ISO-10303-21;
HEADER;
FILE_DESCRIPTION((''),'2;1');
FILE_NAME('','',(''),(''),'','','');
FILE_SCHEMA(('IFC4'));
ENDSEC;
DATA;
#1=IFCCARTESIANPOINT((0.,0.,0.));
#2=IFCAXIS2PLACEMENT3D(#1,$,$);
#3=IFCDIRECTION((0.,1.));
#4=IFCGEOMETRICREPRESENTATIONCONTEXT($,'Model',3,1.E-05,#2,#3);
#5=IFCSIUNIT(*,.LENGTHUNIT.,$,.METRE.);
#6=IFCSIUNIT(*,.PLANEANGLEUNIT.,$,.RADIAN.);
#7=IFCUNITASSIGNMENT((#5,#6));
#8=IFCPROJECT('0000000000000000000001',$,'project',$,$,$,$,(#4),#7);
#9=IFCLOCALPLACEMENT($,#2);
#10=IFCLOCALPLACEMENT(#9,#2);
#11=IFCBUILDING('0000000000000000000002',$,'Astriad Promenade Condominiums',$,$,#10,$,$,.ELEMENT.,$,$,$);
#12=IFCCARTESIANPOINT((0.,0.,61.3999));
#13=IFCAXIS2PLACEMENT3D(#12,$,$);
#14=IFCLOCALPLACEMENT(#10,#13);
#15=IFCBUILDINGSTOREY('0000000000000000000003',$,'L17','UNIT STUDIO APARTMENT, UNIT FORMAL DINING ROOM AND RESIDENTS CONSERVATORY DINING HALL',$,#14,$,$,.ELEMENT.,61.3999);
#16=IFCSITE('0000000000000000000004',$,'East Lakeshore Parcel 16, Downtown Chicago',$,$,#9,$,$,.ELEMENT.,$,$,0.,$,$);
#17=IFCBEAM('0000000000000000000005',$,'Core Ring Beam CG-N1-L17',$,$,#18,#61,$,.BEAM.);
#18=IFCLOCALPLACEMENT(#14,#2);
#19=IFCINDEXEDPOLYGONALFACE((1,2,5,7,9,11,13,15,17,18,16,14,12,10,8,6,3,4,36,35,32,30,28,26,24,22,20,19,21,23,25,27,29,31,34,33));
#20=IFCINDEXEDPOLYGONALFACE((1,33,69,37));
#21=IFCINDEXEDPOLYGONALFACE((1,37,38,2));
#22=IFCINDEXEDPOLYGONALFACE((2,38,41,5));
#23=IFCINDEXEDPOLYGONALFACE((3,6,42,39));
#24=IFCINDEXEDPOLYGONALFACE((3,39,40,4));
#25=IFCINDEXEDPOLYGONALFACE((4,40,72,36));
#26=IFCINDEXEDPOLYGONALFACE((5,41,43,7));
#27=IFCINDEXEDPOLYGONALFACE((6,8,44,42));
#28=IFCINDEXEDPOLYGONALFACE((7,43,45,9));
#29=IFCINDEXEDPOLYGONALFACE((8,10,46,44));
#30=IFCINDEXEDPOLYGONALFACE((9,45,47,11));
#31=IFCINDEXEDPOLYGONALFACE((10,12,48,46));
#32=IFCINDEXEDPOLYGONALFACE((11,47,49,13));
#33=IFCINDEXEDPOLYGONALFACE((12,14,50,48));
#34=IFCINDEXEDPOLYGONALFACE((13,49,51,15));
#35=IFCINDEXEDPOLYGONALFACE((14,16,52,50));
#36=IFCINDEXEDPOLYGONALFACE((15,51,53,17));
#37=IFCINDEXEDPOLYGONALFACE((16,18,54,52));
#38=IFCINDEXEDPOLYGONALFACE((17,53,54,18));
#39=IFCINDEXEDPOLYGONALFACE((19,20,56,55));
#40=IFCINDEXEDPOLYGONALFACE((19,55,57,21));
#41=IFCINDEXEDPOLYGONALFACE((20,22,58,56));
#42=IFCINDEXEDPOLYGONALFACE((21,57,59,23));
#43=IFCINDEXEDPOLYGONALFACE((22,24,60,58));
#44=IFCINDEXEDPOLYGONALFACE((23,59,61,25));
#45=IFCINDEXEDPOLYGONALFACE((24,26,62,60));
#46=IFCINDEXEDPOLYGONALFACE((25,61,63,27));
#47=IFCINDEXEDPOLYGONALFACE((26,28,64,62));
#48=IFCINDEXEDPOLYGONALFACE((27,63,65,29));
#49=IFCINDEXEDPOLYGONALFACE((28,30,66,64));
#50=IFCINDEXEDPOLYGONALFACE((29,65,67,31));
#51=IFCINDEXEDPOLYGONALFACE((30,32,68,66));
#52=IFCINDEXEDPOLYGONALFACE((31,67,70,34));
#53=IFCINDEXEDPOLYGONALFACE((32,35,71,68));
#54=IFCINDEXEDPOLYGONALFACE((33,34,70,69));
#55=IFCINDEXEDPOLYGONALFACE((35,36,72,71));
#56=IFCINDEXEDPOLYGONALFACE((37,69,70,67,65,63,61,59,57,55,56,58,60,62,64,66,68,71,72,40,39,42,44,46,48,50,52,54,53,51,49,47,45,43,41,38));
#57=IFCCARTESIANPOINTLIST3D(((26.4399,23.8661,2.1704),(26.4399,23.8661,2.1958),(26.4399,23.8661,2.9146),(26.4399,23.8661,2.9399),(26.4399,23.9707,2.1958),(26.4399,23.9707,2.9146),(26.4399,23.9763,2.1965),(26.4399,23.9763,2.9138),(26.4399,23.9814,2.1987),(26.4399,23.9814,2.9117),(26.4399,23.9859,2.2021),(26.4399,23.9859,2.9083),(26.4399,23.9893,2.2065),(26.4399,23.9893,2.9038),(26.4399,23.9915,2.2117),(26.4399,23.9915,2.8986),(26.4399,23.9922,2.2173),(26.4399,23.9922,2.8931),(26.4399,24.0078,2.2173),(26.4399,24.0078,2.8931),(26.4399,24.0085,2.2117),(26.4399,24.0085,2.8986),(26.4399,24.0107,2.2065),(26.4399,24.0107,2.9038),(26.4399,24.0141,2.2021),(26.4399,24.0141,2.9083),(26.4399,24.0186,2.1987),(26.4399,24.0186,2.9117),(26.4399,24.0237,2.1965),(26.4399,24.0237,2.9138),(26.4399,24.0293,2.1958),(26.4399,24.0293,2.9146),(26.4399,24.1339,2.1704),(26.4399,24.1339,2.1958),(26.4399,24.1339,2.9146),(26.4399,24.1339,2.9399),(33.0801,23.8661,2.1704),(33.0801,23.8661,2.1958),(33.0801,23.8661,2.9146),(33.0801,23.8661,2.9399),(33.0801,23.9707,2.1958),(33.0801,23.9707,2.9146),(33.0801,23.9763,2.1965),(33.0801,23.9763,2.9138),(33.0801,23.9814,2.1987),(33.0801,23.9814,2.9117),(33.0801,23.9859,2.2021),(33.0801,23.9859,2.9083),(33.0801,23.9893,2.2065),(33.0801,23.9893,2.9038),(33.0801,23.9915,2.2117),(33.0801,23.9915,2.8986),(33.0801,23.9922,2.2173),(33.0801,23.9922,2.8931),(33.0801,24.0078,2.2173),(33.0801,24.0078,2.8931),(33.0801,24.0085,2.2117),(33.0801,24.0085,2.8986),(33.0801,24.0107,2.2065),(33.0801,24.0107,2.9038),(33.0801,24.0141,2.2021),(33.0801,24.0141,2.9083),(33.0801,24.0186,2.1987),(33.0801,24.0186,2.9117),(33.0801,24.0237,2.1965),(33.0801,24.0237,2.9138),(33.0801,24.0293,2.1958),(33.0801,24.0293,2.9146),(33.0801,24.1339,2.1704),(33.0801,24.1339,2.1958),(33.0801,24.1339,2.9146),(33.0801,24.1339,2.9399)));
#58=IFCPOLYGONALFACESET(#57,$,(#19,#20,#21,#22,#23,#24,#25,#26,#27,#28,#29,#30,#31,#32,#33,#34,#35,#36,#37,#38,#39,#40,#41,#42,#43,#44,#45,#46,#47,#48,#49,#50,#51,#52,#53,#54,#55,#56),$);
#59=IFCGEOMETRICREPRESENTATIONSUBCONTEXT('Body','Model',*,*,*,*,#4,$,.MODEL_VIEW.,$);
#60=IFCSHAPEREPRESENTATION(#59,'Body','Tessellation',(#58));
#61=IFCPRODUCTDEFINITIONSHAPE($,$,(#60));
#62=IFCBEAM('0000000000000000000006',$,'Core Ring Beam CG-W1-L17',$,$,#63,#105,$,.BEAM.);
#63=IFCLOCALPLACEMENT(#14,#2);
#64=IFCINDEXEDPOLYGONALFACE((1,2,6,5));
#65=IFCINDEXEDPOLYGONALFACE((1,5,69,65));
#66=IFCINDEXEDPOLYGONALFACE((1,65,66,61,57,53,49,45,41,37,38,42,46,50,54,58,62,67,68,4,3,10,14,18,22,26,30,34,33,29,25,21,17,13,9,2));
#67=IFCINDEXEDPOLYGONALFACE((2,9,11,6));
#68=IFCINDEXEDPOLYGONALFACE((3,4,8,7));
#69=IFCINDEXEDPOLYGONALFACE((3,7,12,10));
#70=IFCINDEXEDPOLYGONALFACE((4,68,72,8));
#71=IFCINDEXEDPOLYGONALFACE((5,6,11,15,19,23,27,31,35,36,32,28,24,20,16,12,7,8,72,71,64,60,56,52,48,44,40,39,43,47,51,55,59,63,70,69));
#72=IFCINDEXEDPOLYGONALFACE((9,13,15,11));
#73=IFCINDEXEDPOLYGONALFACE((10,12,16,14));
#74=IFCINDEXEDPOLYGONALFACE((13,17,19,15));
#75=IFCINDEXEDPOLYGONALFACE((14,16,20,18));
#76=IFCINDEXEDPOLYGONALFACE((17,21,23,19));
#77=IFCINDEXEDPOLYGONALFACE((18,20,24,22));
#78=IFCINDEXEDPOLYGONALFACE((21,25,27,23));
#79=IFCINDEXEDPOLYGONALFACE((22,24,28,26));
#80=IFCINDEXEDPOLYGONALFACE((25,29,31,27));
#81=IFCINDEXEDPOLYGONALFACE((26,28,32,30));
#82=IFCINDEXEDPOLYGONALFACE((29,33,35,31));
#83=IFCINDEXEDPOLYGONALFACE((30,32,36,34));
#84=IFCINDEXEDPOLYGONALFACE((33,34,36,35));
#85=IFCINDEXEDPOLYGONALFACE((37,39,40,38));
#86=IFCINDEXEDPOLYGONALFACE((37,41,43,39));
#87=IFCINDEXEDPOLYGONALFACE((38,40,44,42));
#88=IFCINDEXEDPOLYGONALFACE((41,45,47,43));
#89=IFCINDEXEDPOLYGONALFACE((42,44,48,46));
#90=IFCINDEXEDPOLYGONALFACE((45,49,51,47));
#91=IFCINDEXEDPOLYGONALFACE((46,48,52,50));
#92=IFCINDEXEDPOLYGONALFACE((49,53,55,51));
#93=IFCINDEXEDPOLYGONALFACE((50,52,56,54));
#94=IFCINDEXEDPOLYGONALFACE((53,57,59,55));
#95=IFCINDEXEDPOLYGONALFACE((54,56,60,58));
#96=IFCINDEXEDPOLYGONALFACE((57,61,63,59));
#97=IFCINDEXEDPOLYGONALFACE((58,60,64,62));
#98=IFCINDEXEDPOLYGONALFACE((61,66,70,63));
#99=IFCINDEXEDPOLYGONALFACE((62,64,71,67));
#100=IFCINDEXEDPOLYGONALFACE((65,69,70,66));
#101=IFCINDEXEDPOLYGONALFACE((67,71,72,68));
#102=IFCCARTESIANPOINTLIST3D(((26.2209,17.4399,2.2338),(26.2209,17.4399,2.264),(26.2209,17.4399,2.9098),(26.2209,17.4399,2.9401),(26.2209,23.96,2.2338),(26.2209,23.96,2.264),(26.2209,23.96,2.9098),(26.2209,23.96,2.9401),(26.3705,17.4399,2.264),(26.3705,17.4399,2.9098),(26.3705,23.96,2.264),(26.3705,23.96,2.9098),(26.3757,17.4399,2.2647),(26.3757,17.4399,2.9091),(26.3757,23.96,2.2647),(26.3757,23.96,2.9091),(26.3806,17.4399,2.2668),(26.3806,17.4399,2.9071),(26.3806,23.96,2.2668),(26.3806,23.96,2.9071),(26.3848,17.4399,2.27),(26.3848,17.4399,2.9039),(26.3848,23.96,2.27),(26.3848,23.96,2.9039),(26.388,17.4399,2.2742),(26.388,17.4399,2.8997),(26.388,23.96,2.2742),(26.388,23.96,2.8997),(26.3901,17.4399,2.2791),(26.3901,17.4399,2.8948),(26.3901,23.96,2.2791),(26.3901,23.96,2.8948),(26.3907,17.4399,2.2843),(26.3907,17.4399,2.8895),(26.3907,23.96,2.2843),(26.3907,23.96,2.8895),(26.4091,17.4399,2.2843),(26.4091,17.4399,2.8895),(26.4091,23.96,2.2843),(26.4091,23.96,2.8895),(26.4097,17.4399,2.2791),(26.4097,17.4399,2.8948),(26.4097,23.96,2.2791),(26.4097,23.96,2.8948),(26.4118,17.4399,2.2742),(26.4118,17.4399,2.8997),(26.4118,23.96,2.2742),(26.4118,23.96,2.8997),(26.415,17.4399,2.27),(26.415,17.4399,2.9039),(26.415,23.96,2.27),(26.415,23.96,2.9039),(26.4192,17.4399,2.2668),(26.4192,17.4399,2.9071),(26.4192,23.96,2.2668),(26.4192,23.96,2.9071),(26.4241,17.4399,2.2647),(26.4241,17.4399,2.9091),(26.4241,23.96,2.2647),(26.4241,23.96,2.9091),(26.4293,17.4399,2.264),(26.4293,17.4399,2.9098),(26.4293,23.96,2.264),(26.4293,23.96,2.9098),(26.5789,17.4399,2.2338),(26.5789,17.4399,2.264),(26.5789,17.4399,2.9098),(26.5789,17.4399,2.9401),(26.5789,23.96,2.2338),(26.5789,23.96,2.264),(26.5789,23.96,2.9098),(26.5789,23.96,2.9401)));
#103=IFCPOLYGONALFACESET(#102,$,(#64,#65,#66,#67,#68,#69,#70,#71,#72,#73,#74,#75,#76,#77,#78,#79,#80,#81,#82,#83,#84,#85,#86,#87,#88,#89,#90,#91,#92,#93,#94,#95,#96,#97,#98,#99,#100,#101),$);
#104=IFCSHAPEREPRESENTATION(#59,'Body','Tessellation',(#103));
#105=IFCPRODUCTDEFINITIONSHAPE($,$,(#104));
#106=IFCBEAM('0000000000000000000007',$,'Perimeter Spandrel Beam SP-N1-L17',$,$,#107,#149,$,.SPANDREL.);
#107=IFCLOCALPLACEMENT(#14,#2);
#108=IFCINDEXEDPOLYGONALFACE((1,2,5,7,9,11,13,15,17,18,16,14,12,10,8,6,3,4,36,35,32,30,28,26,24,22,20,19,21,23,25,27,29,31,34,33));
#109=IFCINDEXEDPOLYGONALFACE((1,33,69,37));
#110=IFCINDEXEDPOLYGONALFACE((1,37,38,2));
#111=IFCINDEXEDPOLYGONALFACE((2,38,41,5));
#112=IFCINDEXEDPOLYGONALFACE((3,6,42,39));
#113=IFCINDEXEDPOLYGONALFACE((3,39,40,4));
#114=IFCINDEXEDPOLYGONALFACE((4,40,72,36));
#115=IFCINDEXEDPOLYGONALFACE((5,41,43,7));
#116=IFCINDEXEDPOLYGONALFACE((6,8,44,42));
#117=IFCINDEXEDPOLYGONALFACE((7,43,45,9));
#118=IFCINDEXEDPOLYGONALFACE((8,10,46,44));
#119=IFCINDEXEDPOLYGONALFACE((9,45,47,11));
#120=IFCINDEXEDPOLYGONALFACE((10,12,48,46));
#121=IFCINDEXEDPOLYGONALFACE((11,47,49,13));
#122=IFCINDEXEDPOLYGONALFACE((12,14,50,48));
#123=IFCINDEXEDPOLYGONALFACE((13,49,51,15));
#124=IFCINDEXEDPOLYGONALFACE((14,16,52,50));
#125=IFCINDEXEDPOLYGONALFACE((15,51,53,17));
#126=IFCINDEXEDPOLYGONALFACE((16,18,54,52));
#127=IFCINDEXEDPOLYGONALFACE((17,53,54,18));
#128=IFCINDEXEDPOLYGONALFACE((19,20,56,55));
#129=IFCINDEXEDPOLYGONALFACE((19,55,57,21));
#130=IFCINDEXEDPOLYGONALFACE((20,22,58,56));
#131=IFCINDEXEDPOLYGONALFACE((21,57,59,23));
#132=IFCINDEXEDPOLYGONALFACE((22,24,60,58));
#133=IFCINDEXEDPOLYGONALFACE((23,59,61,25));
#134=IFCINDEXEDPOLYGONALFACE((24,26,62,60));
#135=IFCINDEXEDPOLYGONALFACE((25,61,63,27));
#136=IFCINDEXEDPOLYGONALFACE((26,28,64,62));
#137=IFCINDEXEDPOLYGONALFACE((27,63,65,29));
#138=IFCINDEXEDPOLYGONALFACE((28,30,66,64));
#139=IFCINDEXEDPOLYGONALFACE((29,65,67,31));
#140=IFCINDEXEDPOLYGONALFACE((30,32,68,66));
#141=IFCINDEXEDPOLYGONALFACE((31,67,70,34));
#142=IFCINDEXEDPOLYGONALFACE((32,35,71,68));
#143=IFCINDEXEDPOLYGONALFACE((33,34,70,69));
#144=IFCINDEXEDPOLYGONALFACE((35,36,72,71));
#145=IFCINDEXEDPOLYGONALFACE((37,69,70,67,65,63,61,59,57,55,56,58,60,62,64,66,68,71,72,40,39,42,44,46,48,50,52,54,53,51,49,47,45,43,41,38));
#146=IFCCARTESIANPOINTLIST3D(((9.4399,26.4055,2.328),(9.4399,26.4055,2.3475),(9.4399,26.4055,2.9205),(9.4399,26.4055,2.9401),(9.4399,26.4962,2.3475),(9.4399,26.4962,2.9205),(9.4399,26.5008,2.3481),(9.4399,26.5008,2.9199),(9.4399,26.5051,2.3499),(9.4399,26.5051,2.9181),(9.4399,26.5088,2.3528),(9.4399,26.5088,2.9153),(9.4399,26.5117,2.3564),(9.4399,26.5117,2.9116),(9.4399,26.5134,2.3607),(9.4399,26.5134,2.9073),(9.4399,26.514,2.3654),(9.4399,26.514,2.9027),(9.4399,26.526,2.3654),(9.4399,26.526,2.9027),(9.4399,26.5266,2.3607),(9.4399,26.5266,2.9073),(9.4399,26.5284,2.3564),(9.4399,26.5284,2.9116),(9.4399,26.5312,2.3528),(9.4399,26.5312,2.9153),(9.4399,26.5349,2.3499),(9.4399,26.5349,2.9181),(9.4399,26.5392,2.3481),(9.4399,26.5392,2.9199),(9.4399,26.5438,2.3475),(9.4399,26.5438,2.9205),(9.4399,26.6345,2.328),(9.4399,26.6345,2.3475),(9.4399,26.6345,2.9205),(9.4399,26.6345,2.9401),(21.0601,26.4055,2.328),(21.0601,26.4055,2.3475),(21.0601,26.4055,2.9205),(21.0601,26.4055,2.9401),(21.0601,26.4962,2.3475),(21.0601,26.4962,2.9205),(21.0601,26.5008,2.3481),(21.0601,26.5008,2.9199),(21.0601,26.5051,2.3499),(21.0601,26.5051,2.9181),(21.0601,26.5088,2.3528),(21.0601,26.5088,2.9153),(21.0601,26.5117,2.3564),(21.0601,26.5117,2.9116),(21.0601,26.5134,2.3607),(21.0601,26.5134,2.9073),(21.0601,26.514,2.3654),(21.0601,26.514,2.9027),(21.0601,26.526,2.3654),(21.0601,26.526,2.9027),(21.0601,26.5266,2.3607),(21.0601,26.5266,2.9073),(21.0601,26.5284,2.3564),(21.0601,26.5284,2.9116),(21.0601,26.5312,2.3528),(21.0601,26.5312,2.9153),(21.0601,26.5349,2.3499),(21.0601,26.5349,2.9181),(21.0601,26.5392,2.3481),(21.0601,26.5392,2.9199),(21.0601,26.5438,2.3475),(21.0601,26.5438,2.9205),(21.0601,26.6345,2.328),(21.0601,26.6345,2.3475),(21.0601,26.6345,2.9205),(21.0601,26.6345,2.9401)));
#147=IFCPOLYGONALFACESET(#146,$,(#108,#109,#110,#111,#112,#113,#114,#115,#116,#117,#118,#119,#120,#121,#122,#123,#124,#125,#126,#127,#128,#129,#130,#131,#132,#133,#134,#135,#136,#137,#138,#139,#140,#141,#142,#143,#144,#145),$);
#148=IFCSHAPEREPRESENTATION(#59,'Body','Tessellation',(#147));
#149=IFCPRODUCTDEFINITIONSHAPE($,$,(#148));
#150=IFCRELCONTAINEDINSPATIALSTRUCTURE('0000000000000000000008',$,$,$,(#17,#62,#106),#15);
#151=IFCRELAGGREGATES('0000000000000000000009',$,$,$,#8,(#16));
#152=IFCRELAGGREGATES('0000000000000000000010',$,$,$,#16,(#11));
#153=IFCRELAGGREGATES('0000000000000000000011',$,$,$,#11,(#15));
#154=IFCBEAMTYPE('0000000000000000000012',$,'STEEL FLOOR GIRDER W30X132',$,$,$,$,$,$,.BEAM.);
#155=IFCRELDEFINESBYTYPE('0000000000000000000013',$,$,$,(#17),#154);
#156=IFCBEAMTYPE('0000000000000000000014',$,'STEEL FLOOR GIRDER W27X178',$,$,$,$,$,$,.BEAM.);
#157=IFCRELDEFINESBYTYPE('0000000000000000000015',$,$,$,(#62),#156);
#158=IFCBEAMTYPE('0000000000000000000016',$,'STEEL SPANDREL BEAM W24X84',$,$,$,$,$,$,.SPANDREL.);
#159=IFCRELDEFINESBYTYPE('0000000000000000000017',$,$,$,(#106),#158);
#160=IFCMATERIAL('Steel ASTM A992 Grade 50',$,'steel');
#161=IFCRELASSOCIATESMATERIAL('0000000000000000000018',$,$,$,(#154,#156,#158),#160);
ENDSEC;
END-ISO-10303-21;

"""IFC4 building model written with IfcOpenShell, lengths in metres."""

from ifc_helpers import new_model, si_unit, direction, frame, origin, origin_2d, place, context, subcontext, project, spatial, i_section, extrude, source, transform, mapped, material, material_profile, profile_set, type_object, type_shapes, element, save


model = new_model("IFC4")

# Units and contexts
model_context = context("Model", 3, precision=1e-05, world=origin(), true_north=direction((0.0, 1.0)))
body_context = subcontext(model_context, "Body", "Model", "MODEL_VIEW")
ifc_project = project(units=[si_unit("LENGTHUNIT", "METRE"), si_unit("PLANEANGLEUNIT", "RADIAN")], contexts=[model_context])

# Site, building, storey
site_placement = place(None, origin())
site = spatial("IfcSite", under=ifc_project, at=site_placement, Name="East Lakeshore Parcel 16, Downtown Chicago", CompositionType="ELEMENT", RefElevation=0.0)
building_placement = place(site_placement, origin())
building = spatial("IfcBuilding", under=site, at=building_placement, Name="Astriad Promenade Condominiums", CompositionType="ELEMENT")
storey_placement = place(building_placement, frame((0.0, 0.0, 61.3999)))
storey = spatial("IfcBuildingStorey", under=building, at=storey_placement, Name="L17", Description="UNIT STUDIO APARTMENT, UNIT FORMAL DINING ROOM AND RESIDENTS CONSERVATORY DINING HALL", CompositionType="ELEMENT", Elevation=61.3999)

# Shared definitions
ifc_material_1 = material(Name="Steel ASTM A992 Grade 50", Category="steel")

# Beams
ifc_material_profile_1 = material_profile(ifc_material_1, i_section(OverallWidth=0.2678, OverallDepth=0.7695, WebThickness=0.0156, FlangeThickness=0.0254, FilletRadius=0.0215, at=origin_2d()), Name="W30X132")
ifc_profile_set_1 = profile_set([ifc_material_profile_1], Name="Steel ASTM A992 Grade 50")
beam_type_1 = type_object("IfcBeamType", Name="STEEL FLOOR GIRDER W30X132", PredefinedType="BEAM", material=ifc_profile_set_1)
shared_shape_1 = source(origin(), body_context, "Body", "SweptSolid", [
    extrude(i_section(OverallWidth=0.2678, OverallDepth=0.7695, WebThickness=0.0156, FlangeThickness=0.0254, FilletRadius=0.0215, at=origin_2d()), origin(), (0.0, 0.0, 1.0), 6.6401),
])
type_shapes(beam_type_1, [shared_shape_1])
beam_1_placement = place(storey_placement, frame((26.4399, 24.0, 2.5552), z_axis=(1.0, 0.0, 0.0), x_axis=(0.0, 1.0, 0.0)))
element("IfcBeam", 1, at=beam_1_placement, inside=storey, type_object=beam_type_1, Name="Core Ring Beam CG-N1-L17", PredefinedType="BEAM", context=body_context, shape_type="MappedRepresentation", body=[
    mapped(shared_shape_1, transform((0.0, 0.0, 0.0), scale=1.0)),
])
ifc_material_profile_2 = material_profile(ifc_material_1, i_section(OverallWidth=0.3579, OverallDepth=0.7063, WebThickness=0.0183, FlangeThickness=0.0303, FilletRadius=0.0203, at=origin_2d()), Name="W27X178")
ifc_profile_set_2 = profile_set([ifc_material_profile_2], Name="Steel ASTM A992 Grade 50")
beam_type_2 = type_object("IfcBeamType", Name="STEEL FLOOR GIRDER W27X178", PredefinedType="BEAM", material=ifc_profile_set_2)
shared_shape_2 = source(origin(), body_context, "Body", "SweptSolid", [
    extrude(i_section(OverallWidth=0.3579, OverallDepth=0.7063, WebThickness=0.0183, FlangeThickness=0.0303, FilletRadius=0.0203, at=origin_2d()), origin(), (0.0, 0.0, 1.0), 6.52),
])
type_shapes(beam_type_2, [shared_shape_2])
beam_2_placement = place(storey_placement, frame((26.3999, 17.4399, 2.5869), z_axis=(0.0, 1.0, 0.0), x_axis=(-1.0, 0.0, 0.0)))
element("IfcBeam", 2, at=beam_2_placement, inside=storey, type_object=beam_type_2, Name="Core Ring Beam CG-W1-L17", PredefinedType="BEAM", context=body_context, shape_type="MappedRepresentation", body=[
    mapped(shared_shape_2, transform((0.0, 0.0, 0.0), scale=1.0)),
])
ifc_material_profile_3 = material_profile(ifc_material_1, i_section(OverallWidth=0.229, OverallDepth=0.6121, WebThickness=0.012, FlangeThickness=0.0195, FilletRadius=0.0178, at=origin_2d()), Name="W24X84")
ifc_profile_set_3 = profile_set([ifc_material_profile_3], Name="Steel ASTM A992 Grade 50")
beam_type_3 = type_object("IfcBeamType", Name="STEEL SPANDREL BEAM W24X84", PredefinedType="SPANDREL", material=ifc_profile_set_3)
shared_shape_3 = source(origin(), body_context, "Body", "SweptSolid", [
    extrude(i_section(OverallWidth=0.229, OverallDepth=0.6121, WebThickness=0.012, FlangeThickness=0.0195, FilletRadius=0.0178, at=origin_2d()), origin(), (0.0, 0.0, 1.0), 11.6201),
])
type_shapes(beam_type_3, [shared_shape_3])
beam_3_placement = place(storey_placement, frame((21.0601, 26.52, 2.634), z_axis=(-1.0, 0.0, 0.0), x_axis=(0.0, -1.0, 0.0)))
element("IfcBeam", 3, at=beam_3_placement, inside=storey, type_object=beam_type_3, Name="Perimeter Spandrel Beam SP-N1-L17", PredefinedType="SPANDREL", context=body_context, shape_type="MappedRepresentation", body=[
    mapped(shared_shape_3, transform((0.0, 0.0, 0.0), scale=1.0)),
])

save(model, "model.ifc")
